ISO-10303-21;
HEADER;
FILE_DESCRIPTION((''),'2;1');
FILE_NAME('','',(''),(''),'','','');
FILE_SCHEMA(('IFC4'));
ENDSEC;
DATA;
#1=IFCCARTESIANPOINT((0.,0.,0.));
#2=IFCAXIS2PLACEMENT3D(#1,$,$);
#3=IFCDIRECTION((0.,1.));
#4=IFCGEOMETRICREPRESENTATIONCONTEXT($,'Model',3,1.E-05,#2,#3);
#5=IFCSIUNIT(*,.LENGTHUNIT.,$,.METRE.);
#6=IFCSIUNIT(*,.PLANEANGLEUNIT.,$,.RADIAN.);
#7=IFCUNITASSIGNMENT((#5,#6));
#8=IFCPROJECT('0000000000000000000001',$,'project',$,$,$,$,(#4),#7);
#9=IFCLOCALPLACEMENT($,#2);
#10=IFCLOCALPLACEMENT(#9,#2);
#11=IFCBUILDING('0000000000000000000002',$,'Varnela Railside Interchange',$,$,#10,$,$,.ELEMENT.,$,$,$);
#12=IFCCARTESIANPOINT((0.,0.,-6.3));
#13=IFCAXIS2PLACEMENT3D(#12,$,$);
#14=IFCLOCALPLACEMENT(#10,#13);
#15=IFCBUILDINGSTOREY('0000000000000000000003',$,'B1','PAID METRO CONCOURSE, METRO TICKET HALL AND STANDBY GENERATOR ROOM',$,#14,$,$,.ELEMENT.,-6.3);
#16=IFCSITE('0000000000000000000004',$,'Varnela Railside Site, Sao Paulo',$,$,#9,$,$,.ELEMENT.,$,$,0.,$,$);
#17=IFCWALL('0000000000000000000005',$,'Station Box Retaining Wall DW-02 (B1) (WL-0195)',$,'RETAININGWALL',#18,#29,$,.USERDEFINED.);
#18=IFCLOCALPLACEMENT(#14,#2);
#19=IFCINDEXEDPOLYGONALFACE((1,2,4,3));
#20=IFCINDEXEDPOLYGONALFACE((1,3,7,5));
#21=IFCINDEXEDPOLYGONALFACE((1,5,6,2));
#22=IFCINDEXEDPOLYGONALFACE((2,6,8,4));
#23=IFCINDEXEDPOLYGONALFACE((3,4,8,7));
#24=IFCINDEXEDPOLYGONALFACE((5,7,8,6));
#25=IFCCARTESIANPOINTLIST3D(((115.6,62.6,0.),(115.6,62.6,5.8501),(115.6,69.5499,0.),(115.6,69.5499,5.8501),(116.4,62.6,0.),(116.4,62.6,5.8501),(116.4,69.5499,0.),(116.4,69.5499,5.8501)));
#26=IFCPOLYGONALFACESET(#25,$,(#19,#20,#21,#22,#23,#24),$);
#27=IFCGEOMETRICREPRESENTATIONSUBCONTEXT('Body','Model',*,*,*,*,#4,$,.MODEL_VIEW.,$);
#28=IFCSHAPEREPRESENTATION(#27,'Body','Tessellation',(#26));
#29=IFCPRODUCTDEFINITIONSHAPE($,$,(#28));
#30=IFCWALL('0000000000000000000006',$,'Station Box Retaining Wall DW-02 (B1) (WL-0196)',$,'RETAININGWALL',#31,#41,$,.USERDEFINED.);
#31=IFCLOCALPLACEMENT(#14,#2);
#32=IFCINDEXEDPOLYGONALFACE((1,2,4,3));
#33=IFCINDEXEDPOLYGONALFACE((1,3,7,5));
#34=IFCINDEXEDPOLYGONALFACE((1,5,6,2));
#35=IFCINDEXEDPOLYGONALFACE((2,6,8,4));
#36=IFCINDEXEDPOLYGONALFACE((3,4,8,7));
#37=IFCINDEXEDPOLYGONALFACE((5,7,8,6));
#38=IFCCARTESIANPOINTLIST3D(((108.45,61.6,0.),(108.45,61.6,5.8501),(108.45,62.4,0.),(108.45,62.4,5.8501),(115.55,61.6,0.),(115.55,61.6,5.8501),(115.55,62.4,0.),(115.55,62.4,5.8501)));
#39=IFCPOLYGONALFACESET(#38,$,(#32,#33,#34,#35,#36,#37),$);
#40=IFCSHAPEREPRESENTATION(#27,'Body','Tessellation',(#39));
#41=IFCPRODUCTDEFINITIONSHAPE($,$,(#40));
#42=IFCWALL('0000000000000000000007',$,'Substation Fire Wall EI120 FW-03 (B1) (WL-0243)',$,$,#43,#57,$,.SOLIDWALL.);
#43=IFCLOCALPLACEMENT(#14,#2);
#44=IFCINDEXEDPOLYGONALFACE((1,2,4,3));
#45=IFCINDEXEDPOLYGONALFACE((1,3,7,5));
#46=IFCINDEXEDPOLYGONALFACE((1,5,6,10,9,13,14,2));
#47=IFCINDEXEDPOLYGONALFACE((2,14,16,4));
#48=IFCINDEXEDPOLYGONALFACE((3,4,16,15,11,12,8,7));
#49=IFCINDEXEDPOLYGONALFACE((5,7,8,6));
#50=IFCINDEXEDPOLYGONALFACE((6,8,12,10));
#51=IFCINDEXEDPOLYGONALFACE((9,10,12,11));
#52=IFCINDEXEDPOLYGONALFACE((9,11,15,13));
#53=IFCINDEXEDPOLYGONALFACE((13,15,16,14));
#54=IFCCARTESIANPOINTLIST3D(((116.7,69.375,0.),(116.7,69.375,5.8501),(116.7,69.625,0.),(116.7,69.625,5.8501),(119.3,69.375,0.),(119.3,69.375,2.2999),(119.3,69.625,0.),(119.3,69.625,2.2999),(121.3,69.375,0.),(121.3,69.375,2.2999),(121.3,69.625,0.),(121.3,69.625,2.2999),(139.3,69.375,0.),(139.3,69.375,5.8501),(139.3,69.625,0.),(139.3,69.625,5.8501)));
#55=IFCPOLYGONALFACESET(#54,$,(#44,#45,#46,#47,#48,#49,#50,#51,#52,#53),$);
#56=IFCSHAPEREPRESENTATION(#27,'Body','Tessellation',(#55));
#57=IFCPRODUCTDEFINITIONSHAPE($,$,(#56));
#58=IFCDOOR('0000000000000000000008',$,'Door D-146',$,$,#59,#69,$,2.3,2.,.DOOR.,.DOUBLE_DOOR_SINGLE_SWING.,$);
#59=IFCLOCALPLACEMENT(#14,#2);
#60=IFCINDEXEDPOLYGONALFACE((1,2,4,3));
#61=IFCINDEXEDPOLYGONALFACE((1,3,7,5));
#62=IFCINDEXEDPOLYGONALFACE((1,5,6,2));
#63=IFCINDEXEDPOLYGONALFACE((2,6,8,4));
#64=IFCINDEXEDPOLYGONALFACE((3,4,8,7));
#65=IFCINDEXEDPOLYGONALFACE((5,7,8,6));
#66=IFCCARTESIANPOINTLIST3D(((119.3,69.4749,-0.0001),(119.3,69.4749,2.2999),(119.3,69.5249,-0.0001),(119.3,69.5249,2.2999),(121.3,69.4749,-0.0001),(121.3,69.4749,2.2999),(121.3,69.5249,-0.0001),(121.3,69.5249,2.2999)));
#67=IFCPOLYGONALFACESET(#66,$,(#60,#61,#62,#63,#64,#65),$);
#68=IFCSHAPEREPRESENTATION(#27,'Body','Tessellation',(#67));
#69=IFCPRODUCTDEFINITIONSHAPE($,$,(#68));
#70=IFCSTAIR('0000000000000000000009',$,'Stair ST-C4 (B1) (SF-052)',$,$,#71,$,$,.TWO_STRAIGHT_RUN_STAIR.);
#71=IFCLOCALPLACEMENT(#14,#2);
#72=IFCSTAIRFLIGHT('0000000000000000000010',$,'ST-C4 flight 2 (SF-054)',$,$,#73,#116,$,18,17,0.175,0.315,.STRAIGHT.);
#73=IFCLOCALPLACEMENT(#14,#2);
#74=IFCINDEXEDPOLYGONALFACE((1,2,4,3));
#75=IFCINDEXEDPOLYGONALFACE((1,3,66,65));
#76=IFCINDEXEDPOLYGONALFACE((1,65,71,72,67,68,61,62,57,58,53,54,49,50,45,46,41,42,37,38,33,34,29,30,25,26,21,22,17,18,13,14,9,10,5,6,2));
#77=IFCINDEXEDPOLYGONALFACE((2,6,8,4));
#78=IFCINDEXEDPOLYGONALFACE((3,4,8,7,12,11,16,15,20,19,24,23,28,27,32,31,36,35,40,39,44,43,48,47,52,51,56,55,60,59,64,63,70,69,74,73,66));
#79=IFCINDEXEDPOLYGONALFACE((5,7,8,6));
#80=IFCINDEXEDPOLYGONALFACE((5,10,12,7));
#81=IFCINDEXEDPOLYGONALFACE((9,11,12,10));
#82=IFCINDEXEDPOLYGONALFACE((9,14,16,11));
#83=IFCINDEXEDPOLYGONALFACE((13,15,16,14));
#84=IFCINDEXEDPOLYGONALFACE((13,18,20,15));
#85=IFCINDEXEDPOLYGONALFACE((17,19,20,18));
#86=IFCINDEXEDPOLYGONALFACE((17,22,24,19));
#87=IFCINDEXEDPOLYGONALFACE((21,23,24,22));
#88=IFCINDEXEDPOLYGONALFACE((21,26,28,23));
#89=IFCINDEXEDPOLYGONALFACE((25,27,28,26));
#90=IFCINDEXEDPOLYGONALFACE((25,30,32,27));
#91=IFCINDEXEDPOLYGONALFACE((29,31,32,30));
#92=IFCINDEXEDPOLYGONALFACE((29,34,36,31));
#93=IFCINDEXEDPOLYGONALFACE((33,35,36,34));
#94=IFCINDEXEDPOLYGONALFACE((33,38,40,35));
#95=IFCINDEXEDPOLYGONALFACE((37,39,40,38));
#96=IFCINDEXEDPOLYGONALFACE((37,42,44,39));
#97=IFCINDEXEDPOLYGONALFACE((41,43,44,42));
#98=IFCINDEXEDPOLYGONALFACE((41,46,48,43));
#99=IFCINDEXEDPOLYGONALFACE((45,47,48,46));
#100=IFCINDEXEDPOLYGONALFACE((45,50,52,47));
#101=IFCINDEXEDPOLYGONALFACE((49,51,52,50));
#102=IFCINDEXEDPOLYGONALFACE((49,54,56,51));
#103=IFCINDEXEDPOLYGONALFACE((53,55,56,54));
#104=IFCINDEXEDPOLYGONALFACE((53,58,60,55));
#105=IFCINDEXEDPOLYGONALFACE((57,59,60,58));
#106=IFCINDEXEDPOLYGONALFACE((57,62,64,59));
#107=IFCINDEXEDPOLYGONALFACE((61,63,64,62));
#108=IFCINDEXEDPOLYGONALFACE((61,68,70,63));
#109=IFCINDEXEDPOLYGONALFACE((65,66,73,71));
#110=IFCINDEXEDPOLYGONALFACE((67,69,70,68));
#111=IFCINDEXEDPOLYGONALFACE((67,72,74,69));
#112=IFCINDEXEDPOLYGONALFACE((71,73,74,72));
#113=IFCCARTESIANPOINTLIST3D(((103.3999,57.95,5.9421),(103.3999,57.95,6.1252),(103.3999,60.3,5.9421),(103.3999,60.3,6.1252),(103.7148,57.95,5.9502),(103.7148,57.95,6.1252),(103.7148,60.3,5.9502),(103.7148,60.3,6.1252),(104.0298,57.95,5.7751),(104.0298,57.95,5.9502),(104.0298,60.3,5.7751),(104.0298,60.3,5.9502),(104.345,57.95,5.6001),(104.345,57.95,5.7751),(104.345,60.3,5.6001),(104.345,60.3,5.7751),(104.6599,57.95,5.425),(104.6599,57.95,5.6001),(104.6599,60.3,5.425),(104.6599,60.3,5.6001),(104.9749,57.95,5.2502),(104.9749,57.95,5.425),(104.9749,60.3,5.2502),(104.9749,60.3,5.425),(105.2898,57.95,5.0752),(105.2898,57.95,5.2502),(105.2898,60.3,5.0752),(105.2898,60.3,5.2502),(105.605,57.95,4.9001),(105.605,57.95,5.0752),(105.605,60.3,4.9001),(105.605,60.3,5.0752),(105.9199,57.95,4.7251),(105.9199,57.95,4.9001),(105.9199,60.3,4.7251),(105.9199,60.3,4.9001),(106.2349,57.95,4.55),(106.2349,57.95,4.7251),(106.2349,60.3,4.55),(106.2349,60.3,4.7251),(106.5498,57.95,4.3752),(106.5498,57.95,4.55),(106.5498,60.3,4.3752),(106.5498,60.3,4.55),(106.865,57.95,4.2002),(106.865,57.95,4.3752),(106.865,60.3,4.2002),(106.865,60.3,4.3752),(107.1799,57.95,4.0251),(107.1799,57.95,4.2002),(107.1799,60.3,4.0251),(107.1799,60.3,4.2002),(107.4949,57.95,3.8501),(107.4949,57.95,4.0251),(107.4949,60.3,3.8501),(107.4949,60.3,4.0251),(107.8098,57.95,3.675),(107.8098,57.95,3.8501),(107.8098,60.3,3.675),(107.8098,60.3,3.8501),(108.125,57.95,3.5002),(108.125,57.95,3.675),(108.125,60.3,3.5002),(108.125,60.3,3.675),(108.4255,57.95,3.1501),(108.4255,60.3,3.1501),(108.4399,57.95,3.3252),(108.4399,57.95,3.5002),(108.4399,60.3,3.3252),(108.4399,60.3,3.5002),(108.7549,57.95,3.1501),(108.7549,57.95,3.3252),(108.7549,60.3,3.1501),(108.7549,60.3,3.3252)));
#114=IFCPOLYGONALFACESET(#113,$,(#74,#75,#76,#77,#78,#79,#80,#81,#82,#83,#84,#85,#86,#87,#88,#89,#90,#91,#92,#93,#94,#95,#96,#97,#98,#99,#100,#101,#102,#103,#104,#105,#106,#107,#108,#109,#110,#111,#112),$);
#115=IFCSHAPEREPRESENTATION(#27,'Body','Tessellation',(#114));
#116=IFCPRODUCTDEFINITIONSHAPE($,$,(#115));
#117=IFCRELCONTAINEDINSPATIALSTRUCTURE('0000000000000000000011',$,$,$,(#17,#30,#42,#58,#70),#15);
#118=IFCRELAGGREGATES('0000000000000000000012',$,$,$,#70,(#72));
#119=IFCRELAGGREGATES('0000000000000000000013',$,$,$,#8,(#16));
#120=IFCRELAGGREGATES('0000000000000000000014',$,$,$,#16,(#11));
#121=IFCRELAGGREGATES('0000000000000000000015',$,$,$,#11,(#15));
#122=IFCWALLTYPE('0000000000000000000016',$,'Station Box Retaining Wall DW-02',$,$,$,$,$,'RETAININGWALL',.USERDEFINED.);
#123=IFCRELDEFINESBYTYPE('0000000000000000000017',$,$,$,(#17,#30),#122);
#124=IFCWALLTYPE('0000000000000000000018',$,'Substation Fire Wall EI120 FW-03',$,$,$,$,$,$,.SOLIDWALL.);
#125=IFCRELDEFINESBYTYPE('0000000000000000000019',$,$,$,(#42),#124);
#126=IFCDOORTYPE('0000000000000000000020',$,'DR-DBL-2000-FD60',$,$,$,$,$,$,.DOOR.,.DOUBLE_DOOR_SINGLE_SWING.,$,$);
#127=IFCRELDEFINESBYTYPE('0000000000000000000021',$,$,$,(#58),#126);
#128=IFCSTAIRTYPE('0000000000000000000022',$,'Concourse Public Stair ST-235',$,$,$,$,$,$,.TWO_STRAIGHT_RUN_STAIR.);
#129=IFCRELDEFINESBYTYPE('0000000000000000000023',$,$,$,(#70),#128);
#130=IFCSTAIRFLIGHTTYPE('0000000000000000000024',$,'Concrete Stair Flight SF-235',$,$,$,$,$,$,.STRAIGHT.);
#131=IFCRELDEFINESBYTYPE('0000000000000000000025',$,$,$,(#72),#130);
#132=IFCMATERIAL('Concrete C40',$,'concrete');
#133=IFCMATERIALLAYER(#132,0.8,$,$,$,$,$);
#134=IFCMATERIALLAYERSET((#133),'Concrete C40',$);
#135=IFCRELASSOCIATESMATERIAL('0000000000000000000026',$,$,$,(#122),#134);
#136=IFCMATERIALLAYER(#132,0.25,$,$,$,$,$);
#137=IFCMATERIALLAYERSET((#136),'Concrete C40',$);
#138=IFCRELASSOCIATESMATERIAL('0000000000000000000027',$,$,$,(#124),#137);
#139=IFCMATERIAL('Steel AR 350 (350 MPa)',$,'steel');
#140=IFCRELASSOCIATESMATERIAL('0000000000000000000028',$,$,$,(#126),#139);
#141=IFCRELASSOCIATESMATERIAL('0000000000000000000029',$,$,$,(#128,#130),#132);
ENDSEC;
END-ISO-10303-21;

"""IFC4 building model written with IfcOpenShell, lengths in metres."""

from ifc_helpers import new_model, si_unit, direction, frame, frame_2d, origin, place, context, subcontext, project, spatial, polyline, rectangle, outline, extrude, material, layer, layer_set, type_object, element, fill, aggregate, save


model = new_model("IFC4")

# Units and contexts
model_context = context("Model", 3, precision=1e-05, world=origin(), true_north=direction((0.0, 1.0)))
body_context = subcontext(model_context, "Body", "Model", "MODEL_VIEW")
ifc_project = project(units=[si_unit("LENGTHUNIT", "METRE"), si_unit("PLANEANGLEUNIT", "RADIAN")], contexts=[model_context])

# Site, building, storey
site_placement = place(None, origin())
site = spatial("IfcSite", under=ifc_project, at=site_placement, Name="Varnela Railside Site, Sao Paulo", CompositionType="ELEMENT", RefElevation=0.0)
building_placement = place(site_placement, origin())
building = spatial("IfcBuilding", under=site, at=building_placement, Name="Varnela Railside Interchange", CompositionType="ELEMENT")
storey_placement = place(building_placement, frame((0.0, 0.0, -6.3)))
storey = spatial("IfcBuildingStorey", under=building, at=storey_placement, Name="B1", Description="PAID METRO CONCOURSE, METRO TICKET HALL AND STANDBY GENERATOR ROOM", CompositionType="ELEMENT", Elevation=-6.3)

# Shared definitions
ifc_material_1 = material(Name="Concrete C40", Category="concrete")

# Shared definitions
ifc_material_2 = material(Name="Steel AR 350 (350 MPa)", Category="steel")

# Walls
ifc_layer_1 = layer(ifc_material_1, 0.8)
ifc_layer_set_1 = layer_set([ifc_layer_1], Name="Concrete C40")
wall_type_1 = type_object("IfcWallType", Name="Station Box Retaining Wall DW-02", ElementType="RETAININGWALL", PredefinedType="USERDEFINED", material=ifc_layer_set_1)
wall_1_placement = place(storey_placement, frame((116.0, 69.55, 0.0), z_axis=(0.0, 0.0, 1.0), x_axis=(0.0, -1.0, 0.0)))
element("IfcWall", 1, at=wall_1_placement, inside=storey, type_object=wall_type_1, Name="Station Box Retaining Wall DW-02 (B1) (WL-0195)", ObjectType="RETAININGWALL", PredefinedType="USERDEFINED", context=body_context, shape_type="SweptSolid", body=[
    extrude(rectangle(XDim=6.95, YDim=0.8, at=frame_2d((3.4751, 0.0))), origin(), (0.0, 0.0, 1.0), 5.8501),
])
wall_2_placement = place(storey_placement, frame((115.55, 62.0, 0.0), z_axis=(0.0, 0.0, 1.0), x_axis=(-1.0, 0.0, 0.0)))
element("IfcWall", 2, at=wall_2_placement, inside=storey, type_object=wall_type_1, Name="Station Box Retaining Wall DW-02 (B1) (WL-0196)", ObjectType="RETAININGWALL", PredefinedType="USERDEFINED", context=body_context, shape_type="SweptSolid", body=[
    extrude(rectangle(XDim=7.1001, YDim=0.8, at=frame_2d((3.55, 0.0))), origin(), (0.0, 0.0, 1.0), 5.8501),
])

# Wall, opening, door
ifc_layer_2 = layer(ifc_material_1, 0.25)
ifc_layer_set_2 = layer_set([ifc_layer_2], Name="Concrete C40")
wall_type_2 = type_object("IfcWallType", Name="Substation Fire Wall EI120 FW-03", PredefinedType="SOLIDWALL", material=ifc_layer_set_2)
wall_3_placement = place(storey_placement, frame((116.7, 69.5, 0.0), z_axis=(0.0, 0.0, 1.0), x_axis=(1.0, 0.0, 0.0)))
wall_3 = element("IfcWall", 3, at=wall_3_placement, inside=storey, type_object=wall_type_2, Name="Substation Fire Wall EI120 FW-03 (B1) (WL-0243)", PredefinedType="SOLIDWALL", context=body_context, shape_type="SweptSolid", body=[
    extrude(rectangle(XDim=22.6001, YDim=0.25, at=frame_2d((11.3, 0.0))), origin(), (0.0, 0.0, 1.0), 5.8501),
])
opening_1_placement = place(wall_3_placement, frame((2.6001, 0.0, 0.0)))
opening_1 = element("IfcOpeningElement", 4, at=opening_1_placement, cuts=wall_3, PredefinedType="OPENING", context=body_context, shape_type="SweptSolid", body=[
    extrude(rectangle(XDim=2.0, YDim=2.3, at=frame_2d((1.0, 1.1499))), frame((0.0, 0.135, 0.0), z_axis=(0.0, -1.0, 0.0), x_axis=(1.0, 0.0, 0.0)), (0.0, 0.0, 1.0), 0.27),
])
door_type_1 = type_object("IfcDoorType", Name="DR-DBL-2000-FD60", OperationType="DOUBLE_DOOR_SINGLE_SWING", PredefinedType="DOOR", material=ifc_material_2)
door_1_placement = place(opening_1_placement, origin())
door_1 = element("IfcDoor", 5, at=door_1_placement, inside=storey, type_object=door_type_1, Name="Door D-146", OperationType="DOUBLE_DOOR_SINGLE_SWING", OverallHeight=2.3, OverallWidth=2.0, PredefinedType="DOOR", context=body_context, shape_type="SweptSolid", body=[
    extrude(rectangle(XDim=2.0, YDim=2.3, at=frame_2d((1.0, 1.1499))), frame((0.0, 0.0249, 0.0), z_axis=(0.0, -1.0, 0.0), x_axis=(1.0, 0.0, 0.0)), (0.0, 0.0, 1.0), 0.05),
])
fill(opening_1, door_1)

# Stair, stair flight
stair_type = type_object("IfcStairType", Name="Concourse Public Stair ST-235", PredefinedType="TWO_STRAIGHT_RUN_STAIR", material=ifc_material_1)
stair_placement = place(storey_placement, origin())
stair = element("IfcStair", 6, at=stair_placement, inside=storey, type_object=stair_type, Name="Stair ST-C4 (B1) (SF-052)", PredefinedType="TWO_STRAIGHT_RUN_STAIR")
stair_flight_type = type_object("IfcStairFlightType", Name="Concrete Stair Flight SF-235", PredefinedType="STRAIGHT", material=ifc_material_1)
stair_flight_placement = place(storey_placement, frame((108.7549, 59.125, 3.1501), z_axis=(0.0, 0.0, 1.0), x_axis=(-1.0, 0.0, 0.0)))
stair_flight = element("IfcStairFlight", 7, at=stair_flight_placement, type_object=stair_flight_type, Name="ST-C4 flight 2 (SF-054)", NumberOfRisers=18, NumberOfTreads=17, PredefinedType="STRAIGHT", RiserHeight=0.175, TreadLength=0.315, context=body_context, shape_type="SweptSolid", body=[
    extrude(outline(polyline([(0.0, 0.0), (0.0, 0.175), (0.3149, 0.175), (0.3149, 0.3501), (0.6299, 0.3501), (0.6299, 0.5249), (0.9451, 0.5249), (0.9451, 0.7), (1.26, 0.7), (1.26, 0.875), (1.575, 0.875), (1.575, 1.05), (1.8899, 1.05), (1.8899, 1.2251), (2.2051, 1.2251), (2.2051, 1.3999), (2.52, 1.3999), (2.52, 1.575), (2.835, 1.575), (2.835, 1.75), (3.1499, 1.75), (3.1499, 1.925), (3.4651, 1.925), (3.4651, 2.1001), (3.78, 2.1001), (3.78, 2.2749), (4.095, 2.2749), (4.095, 2.45), (4.4099, 2.45), (4.4099, 2.625), (4.7251, 2.625), (4.7251, 2.8), (5.04, 2.8), (5.04, 2.9751), (5.355, 2.9751), (5.355, 3.1499), (5.355, 2.792), (0.3293, 0.0), (0.0, 0.0)])), frame((0.0, 1.175, 0.0), z_axis=(0.0, -1.0, 0.0), x_axis=(1.0, 0.0, 0.0)), (0.0, 0.0, 1.0), 2.3501),
])
aggregate(stair, [stair_flight])

save(model, "model.ifc")
